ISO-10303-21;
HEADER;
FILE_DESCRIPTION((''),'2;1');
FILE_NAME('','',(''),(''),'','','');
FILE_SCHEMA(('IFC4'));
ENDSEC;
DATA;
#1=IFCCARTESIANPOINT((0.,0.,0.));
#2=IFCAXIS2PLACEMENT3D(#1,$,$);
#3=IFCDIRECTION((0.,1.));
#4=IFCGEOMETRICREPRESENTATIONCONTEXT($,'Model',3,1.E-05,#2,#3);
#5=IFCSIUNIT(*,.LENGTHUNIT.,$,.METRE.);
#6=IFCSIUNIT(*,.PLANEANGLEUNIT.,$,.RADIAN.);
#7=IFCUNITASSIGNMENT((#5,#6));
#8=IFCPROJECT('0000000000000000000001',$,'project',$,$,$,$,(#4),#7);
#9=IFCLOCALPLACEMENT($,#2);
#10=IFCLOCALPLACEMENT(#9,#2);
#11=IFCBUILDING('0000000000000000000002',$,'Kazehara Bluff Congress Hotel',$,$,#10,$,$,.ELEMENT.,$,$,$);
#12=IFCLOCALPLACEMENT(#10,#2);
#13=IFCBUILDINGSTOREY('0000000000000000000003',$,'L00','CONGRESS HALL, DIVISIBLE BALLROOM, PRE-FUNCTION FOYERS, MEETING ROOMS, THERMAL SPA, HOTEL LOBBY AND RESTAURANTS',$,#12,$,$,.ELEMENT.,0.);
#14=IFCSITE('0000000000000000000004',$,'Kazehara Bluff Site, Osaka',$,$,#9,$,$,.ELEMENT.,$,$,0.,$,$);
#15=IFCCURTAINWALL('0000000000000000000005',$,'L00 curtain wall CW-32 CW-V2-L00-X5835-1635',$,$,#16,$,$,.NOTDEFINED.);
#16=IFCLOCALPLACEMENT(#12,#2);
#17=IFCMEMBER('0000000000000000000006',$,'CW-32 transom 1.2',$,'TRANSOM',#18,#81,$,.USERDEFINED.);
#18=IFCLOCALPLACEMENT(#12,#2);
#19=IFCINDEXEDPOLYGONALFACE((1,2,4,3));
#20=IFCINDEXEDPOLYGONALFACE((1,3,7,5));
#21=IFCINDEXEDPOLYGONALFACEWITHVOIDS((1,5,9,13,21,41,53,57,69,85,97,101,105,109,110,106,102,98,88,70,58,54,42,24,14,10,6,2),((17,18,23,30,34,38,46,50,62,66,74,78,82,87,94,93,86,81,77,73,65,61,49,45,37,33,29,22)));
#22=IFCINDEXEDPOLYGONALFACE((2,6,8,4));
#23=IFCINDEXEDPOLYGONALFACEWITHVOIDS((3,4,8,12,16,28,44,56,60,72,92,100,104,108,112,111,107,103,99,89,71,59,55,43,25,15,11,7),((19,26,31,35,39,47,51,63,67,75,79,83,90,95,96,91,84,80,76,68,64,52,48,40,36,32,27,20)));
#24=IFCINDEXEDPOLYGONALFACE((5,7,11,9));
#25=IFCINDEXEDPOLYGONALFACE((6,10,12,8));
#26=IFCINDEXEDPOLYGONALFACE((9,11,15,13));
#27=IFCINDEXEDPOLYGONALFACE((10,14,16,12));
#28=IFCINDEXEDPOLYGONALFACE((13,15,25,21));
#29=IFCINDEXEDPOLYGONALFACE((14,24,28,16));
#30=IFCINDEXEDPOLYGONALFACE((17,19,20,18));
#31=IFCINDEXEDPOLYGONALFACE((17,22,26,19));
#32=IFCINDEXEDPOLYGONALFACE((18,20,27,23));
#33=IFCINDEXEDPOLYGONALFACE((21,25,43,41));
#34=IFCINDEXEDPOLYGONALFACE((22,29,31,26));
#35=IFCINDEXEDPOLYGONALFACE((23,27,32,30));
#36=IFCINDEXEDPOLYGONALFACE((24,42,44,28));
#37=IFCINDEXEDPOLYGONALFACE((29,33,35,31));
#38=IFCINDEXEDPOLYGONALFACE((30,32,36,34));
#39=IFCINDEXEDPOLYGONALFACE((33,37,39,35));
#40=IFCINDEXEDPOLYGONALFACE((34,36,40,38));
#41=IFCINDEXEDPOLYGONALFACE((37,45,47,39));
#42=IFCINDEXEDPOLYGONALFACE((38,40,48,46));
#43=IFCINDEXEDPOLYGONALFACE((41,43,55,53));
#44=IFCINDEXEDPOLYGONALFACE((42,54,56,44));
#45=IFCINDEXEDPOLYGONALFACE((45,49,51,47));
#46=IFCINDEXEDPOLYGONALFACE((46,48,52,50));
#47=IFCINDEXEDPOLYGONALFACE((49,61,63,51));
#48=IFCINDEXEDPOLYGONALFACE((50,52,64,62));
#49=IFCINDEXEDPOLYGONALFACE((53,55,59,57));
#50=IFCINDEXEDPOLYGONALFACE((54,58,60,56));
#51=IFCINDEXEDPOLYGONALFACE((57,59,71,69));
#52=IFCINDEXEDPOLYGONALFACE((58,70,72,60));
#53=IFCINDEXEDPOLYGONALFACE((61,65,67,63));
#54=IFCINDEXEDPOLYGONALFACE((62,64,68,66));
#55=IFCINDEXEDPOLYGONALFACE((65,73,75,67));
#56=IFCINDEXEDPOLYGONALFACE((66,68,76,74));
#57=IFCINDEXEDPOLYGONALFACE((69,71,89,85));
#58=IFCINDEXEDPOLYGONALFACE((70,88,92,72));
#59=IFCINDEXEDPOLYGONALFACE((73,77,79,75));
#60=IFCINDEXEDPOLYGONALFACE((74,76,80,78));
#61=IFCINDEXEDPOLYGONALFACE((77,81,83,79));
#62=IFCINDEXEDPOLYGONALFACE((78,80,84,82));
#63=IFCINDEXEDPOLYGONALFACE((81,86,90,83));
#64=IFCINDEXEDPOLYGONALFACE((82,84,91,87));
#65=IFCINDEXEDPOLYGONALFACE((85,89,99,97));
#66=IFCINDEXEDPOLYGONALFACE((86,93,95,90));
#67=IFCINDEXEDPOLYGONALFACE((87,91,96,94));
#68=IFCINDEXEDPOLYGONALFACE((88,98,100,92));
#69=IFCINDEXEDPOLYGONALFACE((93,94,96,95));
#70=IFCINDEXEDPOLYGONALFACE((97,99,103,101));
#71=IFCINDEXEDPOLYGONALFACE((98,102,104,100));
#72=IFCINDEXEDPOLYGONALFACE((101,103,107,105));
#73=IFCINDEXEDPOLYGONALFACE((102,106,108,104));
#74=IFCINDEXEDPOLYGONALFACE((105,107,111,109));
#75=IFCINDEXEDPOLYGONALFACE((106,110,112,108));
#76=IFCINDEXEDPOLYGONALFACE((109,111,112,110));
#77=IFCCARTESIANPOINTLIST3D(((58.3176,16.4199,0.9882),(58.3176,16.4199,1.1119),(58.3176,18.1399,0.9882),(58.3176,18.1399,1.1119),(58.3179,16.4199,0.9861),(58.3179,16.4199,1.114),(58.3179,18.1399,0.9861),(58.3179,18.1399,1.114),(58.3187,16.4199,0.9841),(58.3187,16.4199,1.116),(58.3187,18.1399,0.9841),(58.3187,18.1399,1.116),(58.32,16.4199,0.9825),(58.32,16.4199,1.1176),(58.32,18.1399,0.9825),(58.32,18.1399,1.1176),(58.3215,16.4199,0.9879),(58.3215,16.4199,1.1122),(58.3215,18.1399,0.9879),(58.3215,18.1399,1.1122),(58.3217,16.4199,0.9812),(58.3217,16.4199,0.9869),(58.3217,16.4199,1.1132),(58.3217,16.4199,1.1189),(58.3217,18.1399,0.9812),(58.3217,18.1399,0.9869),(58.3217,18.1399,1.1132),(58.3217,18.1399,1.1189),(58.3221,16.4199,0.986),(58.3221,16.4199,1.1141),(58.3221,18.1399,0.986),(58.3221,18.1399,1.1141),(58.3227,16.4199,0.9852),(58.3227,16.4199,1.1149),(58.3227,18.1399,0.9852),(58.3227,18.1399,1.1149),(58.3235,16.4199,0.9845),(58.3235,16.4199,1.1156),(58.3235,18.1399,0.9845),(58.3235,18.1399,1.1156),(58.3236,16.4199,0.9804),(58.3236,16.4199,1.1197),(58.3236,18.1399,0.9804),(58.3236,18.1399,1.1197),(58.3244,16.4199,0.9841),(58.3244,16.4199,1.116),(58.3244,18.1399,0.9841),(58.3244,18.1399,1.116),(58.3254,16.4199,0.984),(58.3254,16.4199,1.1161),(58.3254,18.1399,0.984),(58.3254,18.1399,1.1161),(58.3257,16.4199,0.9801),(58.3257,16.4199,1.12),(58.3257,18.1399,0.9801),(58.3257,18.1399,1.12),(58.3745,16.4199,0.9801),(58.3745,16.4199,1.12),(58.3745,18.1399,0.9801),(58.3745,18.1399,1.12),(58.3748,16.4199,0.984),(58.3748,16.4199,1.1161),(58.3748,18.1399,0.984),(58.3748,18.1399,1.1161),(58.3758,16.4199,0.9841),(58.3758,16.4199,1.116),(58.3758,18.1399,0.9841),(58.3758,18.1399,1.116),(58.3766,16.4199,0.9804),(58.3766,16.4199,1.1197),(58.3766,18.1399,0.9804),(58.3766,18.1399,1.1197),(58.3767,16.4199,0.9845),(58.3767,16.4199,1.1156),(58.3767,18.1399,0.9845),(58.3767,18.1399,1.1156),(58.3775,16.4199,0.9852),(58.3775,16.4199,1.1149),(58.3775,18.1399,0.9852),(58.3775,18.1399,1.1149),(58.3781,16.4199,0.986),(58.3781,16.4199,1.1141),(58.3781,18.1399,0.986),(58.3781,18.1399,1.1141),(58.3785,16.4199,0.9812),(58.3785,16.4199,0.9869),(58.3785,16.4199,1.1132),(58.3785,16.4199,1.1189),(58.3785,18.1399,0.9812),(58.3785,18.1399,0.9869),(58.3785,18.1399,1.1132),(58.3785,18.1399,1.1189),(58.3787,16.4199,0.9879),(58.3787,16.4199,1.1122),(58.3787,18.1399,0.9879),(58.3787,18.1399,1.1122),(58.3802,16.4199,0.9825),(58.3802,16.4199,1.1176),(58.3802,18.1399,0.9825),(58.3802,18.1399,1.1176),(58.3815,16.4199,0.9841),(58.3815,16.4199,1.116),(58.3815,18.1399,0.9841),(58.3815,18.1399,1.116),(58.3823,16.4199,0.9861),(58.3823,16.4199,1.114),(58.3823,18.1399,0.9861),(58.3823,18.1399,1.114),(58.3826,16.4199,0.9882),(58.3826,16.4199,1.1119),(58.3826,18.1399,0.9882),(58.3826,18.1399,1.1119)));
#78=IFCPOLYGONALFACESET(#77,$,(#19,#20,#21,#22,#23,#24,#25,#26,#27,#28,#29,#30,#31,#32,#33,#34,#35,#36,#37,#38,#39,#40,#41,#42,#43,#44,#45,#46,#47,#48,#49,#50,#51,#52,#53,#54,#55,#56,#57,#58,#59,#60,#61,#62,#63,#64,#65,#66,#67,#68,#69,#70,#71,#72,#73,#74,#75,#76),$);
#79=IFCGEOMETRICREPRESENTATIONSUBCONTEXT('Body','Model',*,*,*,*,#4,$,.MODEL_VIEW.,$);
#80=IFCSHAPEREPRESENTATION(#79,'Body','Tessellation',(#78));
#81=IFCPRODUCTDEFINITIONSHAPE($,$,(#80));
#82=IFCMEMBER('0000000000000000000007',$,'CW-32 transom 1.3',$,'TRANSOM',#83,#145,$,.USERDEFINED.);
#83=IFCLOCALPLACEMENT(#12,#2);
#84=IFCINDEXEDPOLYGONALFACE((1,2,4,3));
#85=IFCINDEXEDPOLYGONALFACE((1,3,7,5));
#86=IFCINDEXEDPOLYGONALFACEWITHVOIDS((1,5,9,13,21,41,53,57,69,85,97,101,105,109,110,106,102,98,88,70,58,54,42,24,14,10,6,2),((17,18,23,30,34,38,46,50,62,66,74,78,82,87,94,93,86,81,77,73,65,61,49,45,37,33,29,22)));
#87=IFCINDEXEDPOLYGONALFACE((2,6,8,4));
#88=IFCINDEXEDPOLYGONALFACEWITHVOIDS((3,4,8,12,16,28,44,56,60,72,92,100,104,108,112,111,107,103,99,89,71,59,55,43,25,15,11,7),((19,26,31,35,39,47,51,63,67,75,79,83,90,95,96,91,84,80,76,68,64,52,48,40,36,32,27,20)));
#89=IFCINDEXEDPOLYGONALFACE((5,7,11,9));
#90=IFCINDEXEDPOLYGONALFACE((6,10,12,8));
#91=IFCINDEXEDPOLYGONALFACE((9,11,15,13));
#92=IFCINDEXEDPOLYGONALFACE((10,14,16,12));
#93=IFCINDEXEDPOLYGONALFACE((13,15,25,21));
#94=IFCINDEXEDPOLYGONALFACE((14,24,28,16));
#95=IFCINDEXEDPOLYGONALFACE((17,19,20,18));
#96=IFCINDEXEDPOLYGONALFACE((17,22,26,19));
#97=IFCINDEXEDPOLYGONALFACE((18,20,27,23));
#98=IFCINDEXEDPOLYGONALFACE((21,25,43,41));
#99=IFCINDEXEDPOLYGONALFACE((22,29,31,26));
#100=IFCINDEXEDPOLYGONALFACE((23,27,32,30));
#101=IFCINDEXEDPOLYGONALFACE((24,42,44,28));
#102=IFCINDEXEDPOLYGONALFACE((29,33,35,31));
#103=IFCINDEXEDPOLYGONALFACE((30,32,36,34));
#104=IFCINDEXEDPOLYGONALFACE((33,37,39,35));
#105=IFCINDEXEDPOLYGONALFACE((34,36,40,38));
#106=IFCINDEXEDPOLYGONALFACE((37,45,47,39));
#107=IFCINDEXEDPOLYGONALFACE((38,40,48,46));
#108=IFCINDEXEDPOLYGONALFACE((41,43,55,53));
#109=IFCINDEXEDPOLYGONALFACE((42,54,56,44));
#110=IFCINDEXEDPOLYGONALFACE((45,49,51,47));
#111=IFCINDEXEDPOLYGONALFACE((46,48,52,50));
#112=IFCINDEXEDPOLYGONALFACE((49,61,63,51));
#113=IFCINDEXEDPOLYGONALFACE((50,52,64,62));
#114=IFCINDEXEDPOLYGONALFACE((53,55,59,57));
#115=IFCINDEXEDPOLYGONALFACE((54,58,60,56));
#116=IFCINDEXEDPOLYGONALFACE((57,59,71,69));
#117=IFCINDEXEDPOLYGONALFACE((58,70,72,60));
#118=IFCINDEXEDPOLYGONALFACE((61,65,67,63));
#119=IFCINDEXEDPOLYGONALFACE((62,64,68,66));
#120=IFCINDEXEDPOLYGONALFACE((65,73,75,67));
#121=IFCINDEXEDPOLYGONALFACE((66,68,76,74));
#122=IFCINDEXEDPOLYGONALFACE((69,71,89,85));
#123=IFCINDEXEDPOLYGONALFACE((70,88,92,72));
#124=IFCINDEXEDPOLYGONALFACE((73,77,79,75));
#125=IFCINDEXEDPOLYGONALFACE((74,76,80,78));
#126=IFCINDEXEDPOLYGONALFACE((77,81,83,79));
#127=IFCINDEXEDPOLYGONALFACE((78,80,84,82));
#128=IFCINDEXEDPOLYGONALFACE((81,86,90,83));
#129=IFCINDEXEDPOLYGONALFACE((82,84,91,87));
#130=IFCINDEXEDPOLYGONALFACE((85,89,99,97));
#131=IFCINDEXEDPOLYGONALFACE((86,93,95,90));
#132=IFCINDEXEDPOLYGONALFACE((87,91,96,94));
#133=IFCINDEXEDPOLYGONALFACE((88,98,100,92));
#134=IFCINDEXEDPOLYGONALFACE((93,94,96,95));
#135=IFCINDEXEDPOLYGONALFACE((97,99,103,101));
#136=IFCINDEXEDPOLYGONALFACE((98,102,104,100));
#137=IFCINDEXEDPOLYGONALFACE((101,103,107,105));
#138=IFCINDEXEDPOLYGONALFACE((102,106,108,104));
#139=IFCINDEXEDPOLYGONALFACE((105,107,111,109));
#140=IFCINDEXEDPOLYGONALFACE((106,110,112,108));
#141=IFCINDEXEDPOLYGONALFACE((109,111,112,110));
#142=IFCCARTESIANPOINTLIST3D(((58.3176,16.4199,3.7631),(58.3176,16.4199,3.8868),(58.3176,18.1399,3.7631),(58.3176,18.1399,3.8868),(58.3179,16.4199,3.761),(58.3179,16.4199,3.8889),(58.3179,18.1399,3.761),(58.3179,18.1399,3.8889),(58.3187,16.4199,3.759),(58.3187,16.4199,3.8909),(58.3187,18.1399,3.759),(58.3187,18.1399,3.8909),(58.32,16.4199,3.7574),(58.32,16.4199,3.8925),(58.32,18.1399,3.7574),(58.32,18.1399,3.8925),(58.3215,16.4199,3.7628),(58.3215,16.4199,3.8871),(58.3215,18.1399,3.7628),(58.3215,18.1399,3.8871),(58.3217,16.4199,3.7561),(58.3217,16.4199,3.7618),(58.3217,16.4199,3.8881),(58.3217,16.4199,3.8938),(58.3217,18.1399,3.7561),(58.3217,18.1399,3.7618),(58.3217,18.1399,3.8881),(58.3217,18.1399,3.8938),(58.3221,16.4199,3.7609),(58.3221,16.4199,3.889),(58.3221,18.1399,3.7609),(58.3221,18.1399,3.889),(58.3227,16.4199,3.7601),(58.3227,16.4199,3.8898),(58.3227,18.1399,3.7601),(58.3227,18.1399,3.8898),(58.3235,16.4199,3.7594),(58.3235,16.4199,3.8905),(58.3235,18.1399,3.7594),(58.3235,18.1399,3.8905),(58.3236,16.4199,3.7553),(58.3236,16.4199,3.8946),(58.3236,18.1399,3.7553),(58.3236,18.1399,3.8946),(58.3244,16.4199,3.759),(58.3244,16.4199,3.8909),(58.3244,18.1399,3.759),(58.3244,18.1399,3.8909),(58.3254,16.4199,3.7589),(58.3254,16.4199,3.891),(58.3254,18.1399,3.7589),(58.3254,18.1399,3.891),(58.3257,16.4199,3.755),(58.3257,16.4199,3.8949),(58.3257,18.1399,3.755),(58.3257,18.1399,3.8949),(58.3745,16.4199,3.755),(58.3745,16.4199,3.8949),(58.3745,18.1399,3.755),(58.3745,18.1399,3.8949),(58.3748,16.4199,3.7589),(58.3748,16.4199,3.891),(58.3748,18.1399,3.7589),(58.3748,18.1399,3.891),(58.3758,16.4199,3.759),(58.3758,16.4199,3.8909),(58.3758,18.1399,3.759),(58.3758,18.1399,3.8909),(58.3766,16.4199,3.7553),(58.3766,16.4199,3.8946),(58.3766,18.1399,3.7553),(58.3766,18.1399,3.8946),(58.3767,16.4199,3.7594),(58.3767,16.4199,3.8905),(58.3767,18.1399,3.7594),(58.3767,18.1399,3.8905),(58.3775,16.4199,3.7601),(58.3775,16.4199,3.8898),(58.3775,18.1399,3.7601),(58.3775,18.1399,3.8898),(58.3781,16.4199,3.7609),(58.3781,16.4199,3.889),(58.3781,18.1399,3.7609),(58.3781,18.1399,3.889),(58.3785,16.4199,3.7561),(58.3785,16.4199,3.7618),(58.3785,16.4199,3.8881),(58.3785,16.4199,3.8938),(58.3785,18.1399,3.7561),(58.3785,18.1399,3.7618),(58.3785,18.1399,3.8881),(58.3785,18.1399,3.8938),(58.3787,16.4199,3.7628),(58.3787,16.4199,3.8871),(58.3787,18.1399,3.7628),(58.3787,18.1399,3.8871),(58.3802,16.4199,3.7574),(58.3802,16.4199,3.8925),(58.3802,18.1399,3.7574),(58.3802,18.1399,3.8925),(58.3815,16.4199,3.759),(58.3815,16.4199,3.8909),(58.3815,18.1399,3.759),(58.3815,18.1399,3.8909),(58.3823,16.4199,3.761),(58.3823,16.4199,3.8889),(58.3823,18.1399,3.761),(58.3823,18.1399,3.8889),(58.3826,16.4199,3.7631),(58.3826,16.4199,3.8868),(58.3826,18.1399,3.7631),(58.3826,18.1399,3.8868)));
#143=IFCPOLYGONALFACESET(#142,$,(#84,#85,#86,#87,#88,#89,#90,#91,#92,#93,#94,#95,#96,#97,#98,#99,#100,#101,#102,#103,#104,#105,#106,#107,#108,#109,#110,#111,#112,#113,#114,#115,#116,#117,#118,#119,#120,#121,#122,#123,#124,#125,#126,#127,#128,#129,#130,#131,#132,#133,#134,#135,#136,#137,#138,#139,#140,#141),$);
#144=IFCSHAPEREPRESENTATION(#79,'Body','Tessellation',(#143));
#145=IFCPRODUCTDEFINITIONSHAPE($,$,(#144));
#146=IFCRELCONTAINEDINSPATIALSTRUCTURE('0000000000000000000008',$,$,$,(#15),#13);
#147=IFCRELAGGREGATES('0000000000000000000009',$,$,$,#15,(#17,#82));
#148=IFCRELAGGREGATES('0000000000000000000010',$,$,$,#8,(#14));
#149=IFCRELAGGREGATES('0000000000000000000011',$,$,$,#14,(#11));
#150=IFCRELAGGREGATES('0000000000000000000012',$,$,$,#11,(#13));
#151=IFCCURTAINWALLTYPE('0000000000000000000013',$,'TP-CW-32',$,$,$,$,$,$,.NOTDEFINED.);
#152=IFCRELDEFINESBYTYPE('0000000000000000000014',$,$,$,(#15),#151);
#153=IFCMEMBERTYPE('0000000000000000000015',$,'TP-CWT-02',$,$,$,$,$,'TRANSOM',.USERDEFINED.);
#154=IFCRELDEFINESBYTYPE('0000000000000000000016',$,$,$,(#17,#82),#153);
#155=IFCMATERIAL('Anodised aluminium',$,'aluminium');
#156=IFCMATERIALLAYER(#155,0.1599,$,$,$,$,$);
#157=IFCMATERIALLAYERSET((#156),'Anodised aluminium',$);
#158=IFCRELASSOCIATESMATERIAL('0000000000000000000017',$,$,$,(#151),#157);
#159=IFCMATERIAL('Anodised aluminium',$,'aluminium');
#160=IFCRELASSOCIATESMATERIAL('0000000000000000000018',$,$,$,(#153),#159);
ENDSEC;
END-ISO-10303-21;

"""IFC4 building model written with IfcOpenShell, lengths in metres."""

from ifc_helpers import new_model, si_unit, direction, frame, origin, origin_2d, place, context, subcontext, project, spatial, hollow_rectangle, extrude, material, layer, layer_set, material_profile, profile_set, type_object, element, aggregate, save


model = new_model("IFC4")

# Units and contexts
model_context = context("Model", 3, precision=1e-05, world=origin(), true_north=direction((0.0, 1.0)))
body_context = subcontext(model_context, "Body", "Model", "MODEL_VIEW")
ifc_project = project(units=[si_unit("LENGTHUNIT", "METRE"), si_unit("PLANEANGLEUNIT", "RADIAN")], contexts=[model_context])

# Site, building, storey
site_placement = place(None, origin())
site = spatial("IfcSite", under=ifc_project, at=site_placement, Name="Kazehara Bluff Site, Osaka", CompositionType="ELEMENT", RefElevation=0.0)
building_placement = place(site_placement, origin())
building = spatial("IfcBuilding", under=site, at=building_placement, Name="Kazehara Bluff Congress Hotel", CompositionType="ELEMENT")
storey_placement = place(building_placement, origin())
storey = spatial("IfcBuildingStorey", under=building, at=storey_placement, Name="L00", Description="CONGRESS HALL, DIVISIBLE BALLROOM, PRE-FUNCTION FOYERS, MEETING ROOMS, THERMAL SPA, HOTEL LOBBY AND RESTAURANTS", CompositionType="ELEMENT", Elevation=0.0)

# Curtain wall, members
ifc_material_1 = material(Name="Anodised aluminium", Category="aluminium")
ifc_layer_1 = layer(ifc_material_1, 0.1599)
ifc_layer_set_1 = layer_set([ifc_layer_1], Name="Anodised aluminium")
curtain_wall_type = type_object("IfcCurtainWallType", Name="TP-CW-32", PredefinedType="NOTDEFINED", material=ifc_layer_set_1)
curtain_wall_placement = place(storey_placement, origin())
curtain_wall = element("IfcCurtainWall", 1, at=curtain_wall_placement, inside=storey, type_object=curtain_wall_type, Name="L00 curtain wall CW-32 CW-V2-L00-X5835-1635", PredefinedType="NOTDEFINED")
ifc_material_2 = material(Name="Anodised aluminium", Category="aluminium")
ifc_material_profile_1 = material_profile(ifc_material_2, hollow_rectangle(XDim=0.0649, YDim=0.1399, WallThickness=0.0039, InnerFilletRadius=0.0039, OuterFilletRadius=0.0081, at=origin_2d()))
ifc_profile_set_1 = profile_set([ifc_material_profile_1], Name="Anodised aluminium")
member_type_1 = type_object("IfcMemberType", Name="TP-CWT-02", ElementType="TRANSOM", PredefinedType="USERDEFINED", material=ifc_profile_set_1)
member_1_placement = place(storey_placement, frame((58.3501, 16.4199, 1.05), z_axis=(0.0, 1.0, 0.0), x_axis=(-1.0, 0.0, 0.0)))
member_1 = element("IfcMember", 2, at=member_1_placement, type_object=member_type_1, Name="CW-32 transom 1.2", ObjectType="TRANSOM", PredefinedType="USERDEFINED", context=body_context, shape_type="SweptSolid", body=[
    extrude(hollow_rectangle(XDim=0.0649, YDim=0.1399, WallThickness=0.0039, InnerFilletRadius=0.0039, OuterFilletRadius=0.0081, at=origin_2d()), origin(), (0.0, 0.0, 1.0), 1.72),
])
member_2_placement = place(storey_placement, frame((58.3501, 16.4199, 3.825), z_axis=(0.0, 1.0, 0.0), x_axis=(-1.0, 0.0, 0.0)))
member_2 = element("IfcMember", 3, at=member_2_placement, type_object=member_type_1, Name="CW-32 transom 1.3", ObjectType="TRANSOM", PredefinedType="USERDEFINED", context=body_context, shape_type="SweptSolid", body=[
    extrude(hollow_rectangle(XDim=0.0649, YDim=0.1399, WallThickness=0.0039, InnerFilletRadius=0.0039, OuterFilletRadius=0.0081, at=origin_2d()), origin(), (0.0, 0.0, 1.0), 1.72),
])

aggregate(curtain_wall, [member_1, member_2])

save(model, "model.ifc")
